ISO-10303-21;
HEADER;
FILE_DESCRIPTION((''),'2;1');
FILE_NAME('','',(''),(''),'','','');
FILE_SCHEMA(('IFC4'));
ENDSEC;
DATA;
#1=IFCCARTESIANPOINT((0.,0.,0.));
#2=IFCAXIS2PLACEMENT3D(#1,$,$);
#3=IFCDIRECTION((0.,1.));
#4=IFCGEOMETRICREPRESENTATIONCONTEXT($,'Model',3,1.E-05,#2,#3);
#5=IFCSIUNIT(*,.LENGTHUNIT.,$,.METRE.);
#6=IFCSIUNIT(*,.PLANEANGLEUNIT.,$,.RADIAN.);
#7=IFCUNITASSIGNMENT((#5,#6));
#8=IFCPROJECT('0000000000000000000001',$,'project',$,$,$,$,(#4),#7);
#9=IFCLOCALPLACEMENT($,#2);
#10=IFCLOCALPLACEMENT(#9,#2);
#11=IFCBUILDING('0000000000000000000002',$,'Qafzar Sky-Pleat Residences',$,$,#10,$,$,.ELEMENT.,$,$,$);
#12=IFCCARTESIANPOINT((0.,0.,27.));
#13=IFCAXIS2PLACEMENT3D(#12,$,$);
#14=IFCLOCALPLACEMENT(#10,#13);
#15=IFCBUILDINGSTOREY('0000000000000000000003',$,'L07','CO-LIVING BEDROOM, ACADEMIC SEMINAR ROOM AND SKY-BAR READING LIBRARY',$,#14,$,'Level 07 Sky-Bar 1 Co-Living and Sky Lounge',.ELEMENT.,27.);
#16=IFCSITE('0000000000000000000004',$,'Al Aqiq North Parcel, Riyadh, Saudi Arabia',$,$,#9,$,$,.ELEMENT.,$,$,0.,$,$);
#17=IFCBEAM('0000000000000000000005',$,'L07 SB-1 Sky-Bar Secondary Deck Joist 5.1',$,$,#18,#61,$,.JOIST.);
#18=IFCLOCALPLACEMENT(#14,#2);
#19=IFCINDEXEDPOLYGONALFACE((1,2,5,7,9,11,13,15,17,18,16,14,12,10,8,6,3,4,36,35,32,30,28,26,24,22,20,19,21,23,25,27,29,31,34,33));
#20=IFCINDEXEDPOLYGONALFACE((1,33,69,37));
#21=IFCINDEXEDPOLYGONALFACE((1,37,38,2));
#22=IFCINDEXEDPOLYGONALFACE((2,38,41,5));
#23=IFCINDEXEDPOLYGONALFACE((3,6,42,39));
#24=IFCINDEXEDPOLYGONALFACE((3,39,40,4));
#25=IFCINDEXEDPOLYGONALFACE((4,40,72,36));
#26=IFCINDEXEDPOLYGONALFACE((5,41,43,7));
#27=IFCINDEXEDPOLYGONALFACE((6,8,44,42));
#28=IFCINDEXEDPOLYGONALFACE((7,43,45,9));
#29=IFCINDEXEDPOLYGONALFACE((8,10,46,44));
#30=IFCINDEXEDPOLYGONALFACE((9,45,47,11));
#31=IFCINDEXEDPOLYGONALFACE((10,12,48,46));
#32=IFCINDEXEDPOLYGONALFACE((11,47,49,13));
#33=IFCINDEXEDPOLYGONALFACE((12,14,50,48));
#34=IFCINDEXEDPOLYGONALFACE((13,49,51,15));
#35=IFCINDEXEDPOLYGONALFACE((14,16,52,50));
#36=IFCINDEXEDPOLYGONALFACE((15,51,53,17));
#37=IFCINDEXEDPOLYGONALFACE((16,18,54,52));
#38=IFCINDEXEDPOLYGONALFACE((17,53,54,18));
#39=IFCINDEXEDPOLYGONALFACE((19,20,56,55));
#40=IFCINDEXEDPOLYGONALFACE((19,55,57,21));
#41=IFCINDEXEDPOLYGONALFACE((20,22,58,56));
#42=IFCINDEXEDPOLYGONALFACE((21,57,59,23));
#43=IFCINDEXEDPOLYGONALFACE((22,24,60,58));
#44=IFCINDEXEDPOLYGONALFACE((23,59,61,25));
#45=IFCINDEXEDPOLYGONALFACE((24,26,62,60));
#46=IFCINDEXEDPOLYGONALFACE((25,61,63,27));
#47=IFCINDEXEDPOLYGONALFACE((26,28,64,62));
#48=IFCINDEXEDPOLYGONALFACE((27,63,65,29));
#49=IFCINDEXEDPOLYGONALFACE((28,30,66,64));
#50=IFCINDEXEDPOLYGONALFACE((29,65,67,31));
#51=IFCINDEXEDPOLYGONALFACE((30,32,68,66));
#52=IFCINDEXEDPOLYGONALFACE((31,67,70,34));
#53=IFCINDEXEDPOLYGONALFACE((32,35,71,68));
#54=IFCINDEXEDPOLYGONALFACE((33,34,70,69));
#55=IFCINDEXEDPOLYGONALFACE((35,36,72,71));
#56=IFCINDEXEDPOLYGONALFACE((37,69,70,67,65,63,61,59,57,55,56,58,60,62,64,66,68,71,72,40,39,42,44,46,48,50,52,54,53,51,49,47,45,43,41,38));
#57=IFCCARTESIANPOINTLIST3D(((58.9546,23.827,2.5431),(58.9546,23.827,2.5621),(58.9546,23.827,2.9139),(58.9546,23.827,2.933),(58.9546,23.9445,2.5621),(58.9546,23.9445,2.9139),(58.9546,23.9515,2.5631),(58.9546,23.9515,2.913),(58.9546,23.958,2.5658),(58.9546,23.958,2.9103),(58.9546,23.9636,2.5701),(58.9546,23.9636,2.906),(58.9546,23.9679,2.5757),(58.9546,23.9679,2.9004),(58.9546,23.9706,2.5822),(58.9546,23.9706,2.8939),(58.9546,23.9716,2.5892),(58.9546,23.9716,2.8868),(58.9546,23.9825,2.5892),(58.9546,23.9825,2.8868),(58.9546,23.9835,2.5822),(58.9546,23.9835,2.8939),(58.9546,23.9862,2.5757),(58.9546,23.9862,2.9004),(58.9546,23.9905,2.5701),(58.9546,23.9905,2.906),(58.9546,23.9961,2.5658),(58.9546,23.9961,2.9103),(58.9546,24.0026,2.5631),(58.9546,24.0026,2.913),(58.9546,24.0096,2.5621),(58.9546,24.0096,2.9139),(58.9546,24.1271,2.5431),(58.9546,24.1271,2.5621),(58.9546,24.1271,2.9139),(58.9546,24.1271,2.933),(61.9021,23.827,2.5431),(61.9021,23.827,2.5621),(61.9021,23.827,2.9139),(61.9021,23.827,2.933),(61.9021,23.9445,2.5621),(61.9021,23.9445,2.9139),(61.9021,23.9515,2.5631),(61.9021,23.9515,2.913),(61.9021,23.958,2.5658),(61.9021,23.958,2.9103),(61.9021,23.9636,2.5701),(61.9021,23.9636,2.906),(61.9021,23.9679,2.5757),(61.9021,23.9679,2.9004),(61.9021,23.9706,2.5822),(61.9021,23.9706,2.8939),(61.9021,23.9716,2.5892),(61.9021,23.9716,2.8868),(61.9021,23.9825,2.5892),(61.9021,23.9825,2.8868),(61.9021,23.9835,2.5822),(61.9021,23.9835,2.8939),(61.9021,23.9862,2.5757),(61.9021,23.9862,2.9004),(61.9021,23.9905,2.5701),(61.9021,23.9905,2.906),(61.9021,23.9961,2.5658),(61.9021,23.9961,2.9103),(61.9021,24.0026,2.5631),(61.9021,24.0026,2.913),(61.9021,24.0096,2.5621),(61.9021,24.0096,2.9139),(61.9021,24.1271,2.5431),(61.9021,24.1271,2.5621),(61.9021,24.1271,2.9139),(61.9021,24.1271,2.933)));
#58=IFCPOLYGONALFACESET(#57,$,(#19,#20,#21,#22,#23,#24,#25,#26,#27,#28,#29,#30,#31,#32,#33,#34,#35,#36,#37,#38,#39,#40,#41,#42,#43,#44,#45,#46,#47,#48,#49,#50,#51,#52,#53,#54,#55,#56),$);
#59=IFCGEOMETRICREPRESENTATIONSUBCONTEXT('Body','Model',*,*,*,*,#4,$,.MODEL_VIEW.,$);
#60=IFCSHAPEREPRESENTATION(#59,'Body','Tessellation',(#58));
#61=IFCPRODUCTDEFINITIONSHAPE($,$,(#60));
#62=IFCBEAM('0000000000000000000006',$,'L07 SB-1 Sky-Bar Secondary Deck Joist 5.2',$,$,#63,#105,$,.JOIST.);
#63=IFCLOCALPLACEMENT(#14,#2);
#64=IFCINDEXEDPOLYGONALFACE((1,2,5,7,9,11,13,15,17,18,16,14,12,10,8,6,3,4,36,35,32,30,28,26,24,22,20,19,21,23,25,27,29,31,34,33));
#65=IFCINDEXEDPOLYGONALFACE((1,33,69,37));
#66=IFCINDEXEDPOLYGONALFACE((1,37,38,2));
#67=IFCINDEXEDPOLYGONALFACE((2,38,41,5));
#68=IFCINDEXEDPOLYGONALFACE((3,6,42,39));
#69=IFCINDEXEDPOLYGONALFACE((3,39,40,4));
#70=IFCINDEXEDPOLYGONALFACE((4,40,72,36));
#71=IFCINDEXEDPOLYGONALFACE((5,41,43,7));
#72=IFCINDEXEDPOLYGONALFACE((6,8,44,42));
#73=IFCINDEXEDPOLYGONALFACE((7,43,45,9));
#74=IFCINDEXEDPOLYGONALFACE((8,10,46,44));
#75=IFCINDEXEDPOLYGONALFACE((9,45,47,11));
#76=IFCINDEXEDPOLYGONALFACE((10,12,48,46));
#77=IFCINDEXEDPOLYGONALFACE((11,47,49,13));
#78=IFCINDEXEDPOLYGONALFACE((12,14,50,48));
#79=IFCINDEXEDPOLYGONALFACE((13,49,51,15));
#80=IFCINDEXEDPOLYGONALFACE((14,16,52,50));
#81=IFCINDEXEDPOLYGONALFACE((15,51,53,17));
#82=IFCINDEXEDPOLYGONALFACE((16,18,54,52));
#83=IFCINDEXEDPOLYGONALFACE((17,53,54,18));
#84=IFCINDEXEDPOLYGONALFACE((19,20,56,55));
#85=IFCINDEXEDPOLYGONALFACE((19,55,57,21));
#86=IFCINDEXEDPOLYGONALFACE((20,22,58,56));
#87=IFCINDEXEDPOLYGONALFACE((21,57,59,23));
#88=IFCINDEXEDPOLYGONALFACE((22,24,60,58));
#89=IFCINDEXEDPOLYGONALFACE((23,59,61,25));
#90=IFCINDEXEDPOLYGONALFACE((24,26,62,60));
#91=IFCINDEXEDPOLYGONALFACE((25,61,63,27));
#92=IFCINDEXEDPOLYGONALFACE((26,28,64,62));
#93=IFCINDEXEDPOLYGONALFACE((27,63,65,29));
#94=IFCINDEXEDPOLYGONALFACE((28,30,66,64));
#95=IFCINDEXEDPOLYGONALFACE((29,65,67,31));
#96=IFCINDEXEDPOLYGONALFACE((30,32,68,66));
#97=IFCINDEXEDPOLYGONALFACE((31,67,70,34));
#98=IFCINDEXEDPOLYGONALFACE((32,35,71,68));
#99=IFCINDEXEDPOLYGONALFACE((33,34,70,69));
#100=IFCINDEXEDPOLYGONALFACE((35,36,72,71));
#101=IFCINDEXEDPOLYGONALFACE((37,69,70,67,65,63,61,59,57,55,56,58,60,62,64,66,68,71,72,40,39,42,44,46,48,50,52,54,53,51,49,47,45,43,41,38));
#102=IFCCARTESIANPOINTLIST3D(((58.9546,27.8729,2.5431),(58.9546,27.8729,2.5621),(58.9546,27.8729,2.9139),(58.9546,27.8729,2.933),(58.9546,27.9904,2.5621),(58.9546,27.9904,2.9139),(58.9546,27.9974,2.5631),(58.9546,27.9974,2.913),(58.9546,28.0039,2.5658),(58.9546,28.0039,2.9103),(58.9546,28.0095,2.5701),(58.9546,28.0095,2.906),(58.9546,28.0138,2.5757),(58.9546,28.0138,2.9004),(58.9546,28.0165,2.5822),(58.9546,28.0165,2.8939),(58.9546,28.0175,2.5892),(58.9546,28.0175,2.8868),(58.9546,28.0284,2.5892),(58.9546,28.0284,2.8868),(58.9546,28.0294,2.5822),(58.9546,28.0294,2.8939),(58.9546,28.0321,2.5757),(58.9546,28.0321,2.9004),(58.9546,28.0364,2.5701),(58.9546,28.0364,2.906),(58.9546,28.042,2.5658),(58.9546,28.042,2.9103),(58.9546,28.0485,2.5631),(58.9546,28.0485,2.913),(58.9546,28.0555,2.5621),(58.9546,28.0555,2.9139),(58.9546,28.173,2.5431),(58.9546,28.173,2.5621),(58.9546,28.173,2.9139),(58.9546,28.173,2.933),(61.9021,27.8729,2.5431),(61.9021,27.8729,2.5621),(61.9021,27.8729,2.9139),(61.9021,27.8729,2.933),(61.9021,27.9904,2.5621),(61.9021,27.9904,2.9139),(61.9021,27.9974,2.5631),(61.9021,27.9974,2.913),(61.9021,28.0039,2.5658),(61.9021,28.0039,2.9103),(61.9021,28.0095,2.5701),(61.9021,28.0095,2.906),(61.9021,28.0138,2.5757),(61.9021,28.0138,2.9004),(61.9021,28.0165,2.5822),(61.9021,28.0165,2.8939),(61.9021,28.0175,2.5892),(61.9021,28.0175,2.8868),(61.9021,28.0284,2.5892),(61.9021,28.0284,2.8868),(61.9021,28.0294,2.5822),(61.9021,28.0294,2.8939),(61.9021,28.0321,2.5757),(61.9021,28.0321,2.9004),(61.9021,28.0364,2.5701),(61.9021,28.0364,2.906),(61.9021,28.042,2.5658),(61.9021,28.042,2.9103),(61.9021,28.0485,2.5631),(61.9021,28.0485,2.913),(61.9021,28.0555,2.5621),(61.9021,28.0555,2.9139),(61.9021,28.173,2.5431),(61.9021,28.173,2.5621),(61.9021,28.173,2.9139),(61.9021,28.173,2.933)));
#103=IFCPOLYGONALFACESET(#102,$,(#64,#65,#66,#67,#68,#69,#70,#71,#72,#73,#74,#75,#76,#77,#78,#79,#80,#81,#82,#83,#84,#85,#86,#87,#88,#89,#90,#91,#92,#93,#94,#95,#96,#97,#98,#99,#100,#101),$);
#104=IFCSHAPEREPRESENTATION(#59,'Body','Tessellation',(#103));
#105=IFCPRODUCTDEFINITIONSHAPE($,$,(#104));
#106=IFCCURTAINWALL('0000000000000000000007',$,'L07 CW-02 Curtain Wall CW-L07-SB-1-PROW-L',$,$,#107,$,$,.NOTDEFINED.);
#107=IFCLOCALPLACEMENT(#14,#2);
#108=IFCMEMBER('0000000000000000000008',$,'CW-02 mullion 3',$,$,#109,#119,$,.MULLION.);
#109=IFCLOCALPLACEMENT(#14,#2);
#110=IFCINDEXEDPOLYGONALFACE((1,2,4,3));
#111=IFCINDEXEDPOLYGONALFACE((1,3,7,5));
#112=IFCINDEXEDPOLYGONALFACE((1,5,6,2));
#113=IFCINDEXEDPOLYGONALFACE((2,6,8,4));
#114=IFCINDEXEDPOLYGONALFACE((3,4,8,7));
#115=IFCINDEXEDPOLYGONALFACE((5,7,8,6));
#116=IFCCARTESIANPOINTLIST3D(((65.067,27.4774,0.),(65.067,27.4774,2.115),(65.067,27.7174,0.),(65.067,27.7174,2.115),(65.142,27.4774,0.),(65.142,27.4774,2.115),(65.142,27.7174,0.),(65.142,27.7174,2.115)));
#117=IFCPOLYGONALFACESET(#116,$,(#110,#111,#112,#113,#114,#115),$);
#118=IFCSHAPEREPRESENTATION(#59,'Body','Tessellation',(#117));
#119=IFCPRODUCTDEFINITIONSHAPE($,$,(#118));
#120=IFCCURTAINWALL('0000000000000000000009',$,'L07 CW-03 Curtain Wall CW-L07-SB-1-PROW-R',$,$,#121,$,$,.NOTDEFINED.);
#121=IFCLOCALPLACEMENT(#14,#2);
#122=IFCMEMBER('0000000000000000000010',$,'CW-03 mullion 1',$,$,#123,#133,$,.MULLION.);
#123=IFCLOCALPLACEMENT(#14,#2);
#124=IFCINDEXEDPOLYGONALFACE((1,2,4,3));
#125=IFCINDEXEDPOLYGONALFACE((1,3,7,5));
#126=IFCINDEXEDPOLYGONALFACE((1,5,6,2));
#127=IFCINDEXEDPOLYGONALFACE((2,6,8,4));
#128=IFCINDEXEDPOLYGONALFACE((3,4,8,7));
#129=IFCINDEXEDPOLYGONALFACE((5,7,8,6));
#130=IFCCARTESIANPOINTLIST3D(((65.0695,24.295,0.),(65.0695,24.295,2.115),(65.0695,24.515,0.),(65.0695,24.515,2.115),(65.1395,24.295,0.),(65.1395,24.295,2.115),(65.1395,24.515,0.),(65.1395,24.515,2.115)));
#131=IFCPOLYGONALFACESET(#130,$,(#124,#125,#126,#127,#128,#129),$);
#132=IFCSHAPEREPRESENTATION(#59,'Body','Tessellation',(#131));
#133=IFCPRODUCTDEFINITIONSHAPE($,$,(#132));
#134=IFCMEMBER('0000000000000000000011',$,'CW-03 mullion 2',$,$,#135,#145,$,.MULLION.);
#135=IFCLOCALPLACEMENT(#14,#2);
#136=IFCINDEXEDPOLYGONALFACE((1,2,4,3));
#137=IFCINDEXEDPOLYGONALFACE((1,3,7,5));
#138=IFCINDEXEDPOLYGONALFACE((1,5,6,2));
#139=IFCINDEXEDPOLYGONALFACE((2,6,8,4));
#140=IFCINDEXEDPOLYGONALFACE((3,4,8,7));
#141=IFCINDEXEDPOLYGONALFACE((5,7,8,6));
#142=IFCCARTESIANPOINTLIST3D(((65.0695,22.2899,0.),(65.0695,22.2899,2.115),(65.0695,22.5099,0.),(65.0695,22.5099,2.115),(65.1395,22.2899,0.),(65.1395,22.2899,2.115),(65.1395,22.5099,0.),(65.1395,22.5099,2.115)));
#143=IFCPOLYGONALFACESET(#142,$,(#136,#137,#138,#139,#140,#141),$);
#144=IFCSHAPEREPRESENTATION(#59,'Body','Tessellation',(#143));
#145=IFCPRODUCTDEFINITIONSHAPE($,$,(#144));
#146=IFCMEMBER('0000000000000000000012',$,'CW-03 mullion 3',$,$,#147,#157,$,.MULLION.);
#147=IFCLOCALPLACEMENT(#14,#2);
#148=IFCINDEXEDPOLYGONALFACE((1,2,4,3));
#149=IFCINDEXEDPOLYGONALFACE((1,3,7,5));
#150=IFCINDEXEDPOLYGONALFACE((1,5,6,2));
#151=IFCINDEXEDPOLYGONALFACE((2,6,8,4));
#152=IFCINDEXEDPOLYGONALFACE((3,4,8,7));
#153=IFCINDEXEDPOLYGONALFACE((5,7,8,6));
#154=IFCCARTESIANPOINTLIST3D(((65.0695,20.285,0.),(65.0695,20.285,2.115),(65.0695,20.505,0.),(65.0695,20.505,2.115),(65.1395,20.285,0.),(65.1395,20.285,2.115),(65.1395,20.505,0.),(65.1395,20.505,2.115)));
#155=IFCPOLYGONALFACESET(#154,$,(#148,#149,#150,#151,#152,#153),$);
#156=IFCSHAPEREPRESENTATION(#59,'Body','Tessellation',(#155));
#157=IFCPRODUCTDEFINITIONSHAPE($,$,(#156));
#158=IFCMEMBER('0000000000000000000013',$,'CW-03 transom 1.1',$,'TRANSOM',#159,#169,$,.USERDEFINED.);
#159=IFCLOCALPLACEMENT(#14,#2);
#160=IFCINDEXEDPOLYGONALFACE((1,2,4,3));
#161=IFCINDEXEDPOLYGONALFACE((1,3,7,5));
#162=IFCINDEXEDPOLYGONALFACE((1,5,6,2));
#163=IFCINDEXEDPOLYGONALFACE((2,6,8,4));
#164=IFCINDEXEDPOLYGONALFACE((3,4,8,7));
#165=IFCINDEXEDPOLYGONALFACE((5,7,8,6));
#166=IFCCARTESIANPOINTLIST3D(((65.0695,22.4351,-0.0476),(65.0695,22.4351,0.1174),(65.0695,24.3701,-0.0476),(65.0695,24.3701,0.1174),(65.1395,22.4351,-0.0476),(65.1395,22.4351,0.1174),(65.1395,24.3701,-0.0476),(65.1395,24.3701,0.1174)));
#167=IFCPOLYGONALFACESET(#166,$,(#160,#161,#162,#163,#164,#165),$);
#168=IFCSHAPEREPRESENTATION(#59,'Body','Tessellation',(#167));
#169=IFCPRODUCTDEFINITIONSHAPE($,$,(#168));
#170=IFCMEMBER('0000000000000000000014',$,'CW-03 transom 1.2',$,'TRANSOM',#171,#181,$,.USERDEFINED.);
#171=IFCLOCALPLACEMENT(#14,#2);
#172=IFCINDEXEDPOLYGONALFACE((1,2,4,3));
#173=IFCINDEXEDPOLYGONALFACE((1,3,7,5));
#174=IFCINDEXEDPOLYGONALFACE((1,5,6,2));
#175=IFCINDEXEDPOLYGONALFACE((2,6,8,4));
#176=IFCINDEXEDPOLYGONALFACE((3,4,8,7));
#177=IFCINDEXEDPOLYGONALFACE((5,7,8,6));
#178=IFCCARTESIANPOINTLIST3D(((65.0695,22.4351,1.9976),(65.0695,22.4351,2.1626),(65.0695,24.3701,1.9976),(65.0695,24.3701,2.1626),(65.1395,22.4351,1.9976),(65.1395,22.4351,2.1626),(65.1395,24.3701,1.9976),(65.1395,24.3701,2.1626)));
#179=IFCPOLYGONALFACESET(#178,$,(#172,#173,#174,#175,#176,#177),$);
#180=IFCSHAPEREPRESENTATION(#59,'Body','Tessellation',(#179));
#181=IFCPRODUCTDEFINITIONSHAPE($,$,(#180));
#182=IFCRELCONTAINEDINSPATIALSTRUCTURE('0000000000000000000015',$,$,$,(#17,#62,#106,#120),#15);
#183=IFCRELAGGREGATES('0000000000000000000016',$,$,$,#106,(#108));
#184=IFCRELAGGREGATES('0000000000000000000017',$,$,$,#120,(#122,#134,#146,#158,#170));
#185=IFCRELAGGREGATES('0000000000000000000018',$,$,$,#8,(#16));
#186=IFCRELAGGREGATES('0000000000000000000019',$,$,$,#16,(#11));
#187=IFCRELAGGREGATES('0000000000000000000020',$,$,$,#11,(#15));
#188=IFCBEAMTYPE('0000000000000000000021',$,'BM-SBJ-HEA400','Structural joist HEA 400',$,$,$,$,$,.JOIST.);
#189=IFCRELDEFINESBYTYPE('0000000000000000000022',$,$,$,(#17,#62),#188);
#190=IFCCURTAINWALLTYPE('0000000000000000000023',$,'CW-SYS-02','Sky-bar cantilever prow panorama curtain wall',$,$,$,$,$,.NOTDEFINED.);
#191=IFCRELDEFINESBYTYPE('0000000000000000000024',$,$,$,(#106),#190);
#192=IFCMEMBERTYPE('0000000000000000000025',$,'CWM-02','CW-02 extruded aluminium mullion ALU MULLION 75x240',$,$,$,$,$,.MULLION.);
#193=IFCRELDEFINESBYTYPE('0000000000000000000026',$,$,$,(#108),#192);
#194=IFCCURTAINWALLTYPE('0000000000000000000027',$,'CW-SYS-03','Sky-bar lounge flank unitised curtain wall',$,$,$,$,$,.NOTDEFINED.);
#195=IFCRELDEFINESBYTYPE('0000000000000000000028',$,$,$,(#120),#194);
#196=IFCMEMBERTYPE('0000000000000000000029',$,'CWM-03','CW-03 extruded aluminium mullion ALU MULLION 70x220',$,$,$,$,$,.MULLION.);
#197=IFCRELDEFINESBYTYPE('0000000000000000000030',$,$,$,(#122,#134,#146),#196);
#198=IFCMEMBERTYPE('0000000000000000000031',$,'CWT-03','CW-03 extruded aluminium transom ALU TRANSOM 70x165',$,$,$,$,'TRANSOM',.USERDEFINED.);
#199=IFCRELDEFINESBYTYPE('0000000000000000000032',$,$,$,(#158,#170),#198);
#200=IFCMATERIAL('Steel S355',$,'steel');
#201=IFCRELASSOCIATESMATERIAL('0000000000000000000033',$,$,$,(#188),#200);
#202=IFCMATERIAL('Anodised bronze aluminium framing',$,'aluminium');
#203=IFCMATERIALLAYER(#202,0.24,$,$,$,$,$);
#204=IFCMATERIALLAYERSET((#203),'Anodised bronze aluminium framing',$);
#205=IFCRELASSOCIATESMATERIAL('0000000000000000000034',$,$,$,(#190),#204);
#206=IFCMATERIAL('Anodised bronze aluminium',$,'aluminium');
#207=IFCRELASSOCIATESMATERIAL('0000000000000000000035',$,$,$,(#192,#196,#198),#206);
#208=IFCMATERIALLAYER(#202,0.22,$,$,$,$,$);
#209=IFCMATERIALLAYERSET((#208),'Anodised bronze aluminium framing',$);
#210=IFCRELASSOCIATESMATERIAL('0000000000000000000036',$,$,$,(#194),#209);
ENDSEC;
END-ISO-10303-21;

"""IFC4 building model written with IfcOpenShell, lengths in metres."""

from ifc_helpers import new_model, si_unit, direction, frame, origin, origin_2d, place, context, subcontext, project, spatial, rectangle, i_section, extrude, source, transform, mapped, material, layer, layer_set, material_profile, profile_set, type_object, element, aggregate, save


model = new_model("IFC4")

# Units and contexts
model_context = context("Model", 3, precision=1e-05, world=origin(), true_north=direction((0.0, 1.0)))
body_context = subcontext(model_context, "Body", "Model", "MODEL_VIEW")
ifc_project = project(units=[si_unit("LENGTHUNIT", "METRE"), si_unit("PLANEANGLEUNIT", "RADIAN")], contexts=[model_context])

# Site, building, storey
site_placement = place(None, origin())
site = spatial("IfcSite", under=ifc_project, at=site_placement, Name="Al Aqiq North Parcel, Riyadh, Saudi Arabia", CompositionType="ELEMENT", RefElevation=0.0)
building_placement = place(site_placement, origin())
building = spatial("IfcBuilding", under=site, at=building_placement, Name="Qafzar Sky-Pleat Residences", CompositionType="ELEMENT")
storey_placement = place(building_placement, frame((0.0, 0.0, 27.0)))
storey = spatial("IfcBuildingStorey", under=building, at=storey_placement, Name="L07", Description="CO-LIVING BEDROOM, ACADEMIC SEMINAR ROOM AND SKY-BAR READING LIBRARY", LongName="Level 07 Sky-Bar 1 Co-Living and Sky Lounge", CompositionType="ELEMENT", Elevation=27.0)

# Beams
ifc_material_1 = material(Name="Steel S355", Category="steel")
ifc_material_profile_1 = material_profile(ifc_material_1, i_section(OverallWidth=0.3, OverallDepth=0.3899, WebThickness=0.011, FlangeThickness=0.019, FilletRadius=0.0271, at=origin_2d()), Name="HEA 400")
ifc_profile_set_1 = profile_set([ifc_material_profile_1], Name="Steel S355")
beam_type_1 = type_object("IfcBeamType", Name="BM-SBJ-HEA400", Description="Structural joist HEA 400", PredefinedType="JOIST", material=ifc_profile_set_1)
shared_shape_1 = source(origin(), body_context, "Body", "SweptSolid", [
    extrude(i_section(OverallWidth=0.3, OverallDepth=0.3899, WebThickness=0.011, FlangeThickness=0.019, FilletRadius=0.0271, at=origin_2d()), origin(), (0.0, 0.0, 1.0), 2.9475),
])
for number, where, z_axis, x_axis, name in (
    (1, (58.9546, 23.9771, 2.738), (1.0, 0.0, 0.0), (0.0, 1.0, 0.0), "L07 SB-1 Sky-Bar Secondary Deck Joist 5.1"),
    (2, (58.9546, 28.0229, 2.738), (1.0, 0.0, 0.0), (0.0, 1.0, 0.0), "L07 SB-1 Sky-Bar Secondary Deck Joist 5.2"),
):
    element("IfcBeam", number, at=place(storey_placement, frame(where, z_axis=z_axis, x_axis=x_axis)), inside=storey, type_object=beam_type_1, Name=name, PredefinedType="JOIST", context=body_context, shape_type="MappedRepresentation", body=[
        mapped(shared_shape_1, transform((0.0, 0.0, 0.0), x_axis=(1.0, 0.0, 0.0), y_axis=(0.0, 1.0, 0.0), z_axis=(0.0, 0.0, 1.0), scale=1.0)),
    ])

# Curtain wall, member
ifc_material_2 = material(Name="Anodised bronze aluminium framing", Category="aluminium")
ifc_layer_1 = layer(ifc_material_2, 0.24)
ifc_layer_set_1 = layer_set([ifc_layer_1], Name="Anodised bronze aluminium framing")
curtain_wall_type_1 = type_object("IfcCurtainWallType", Name="CW-SYS-02", Description="Sky-bar cantilever prow panorama curtain wall", PredefinedType="NOTDEFINED", material=ifc_layer_set_1)
curtain_wall_1_placement = place(storey_placement, origin())
curtain_wall_1 = element("IfcCurtainWall", 3, at=curtain_wall_1_placement, inside=storey, type_object=curtain_wall_type_1, Name="L07 CW-02 Curtain Wall CW-L07-SB-1-PROW-L", PredefinedType="NOTDEFINED")
ifc_material_3 = material(Name="Anodised bronze aluminium", Category="aluminium")
ifc_material_profile_2 = material_profile(ifc_material_3, rectangle(XDim=0.075, YDim=0.24, at=origin_2d()), Name="ALU MULLION 75x240")
ifc_profile_set_2 = profile_set([ifc_material_profile_2], Name="Anodised bronze aluminium")
member_type_1 = type_object("IfcMemberType", Name="CWM-02", Description="CW-02 extruded aluminium mullion ALU MULLION 75x240", PredefinedType="MULLION", material=ifc_profile_set_2)
shared_shape_2 = source(origin(), body_context, "Body", "SweptSolid", [
    extrude(rectangle(XDim=0.075, YDim=0.24, at=origin_2d()), origin(), (0.0, 0.0, 1.0), 2.115),
])
member_1_placement = place(storey_placement, frame((65.1045, 27.5974, 0.0), z_axis=(0.0, 0.0, 1.0), x_axis=(1.0, 0.0, 0.0)))
member_1 = element("IfcMember", 4, at=member_1_placement, type_object=member_type_1, Name="CW-02 mullion 3", PredefinedType="MULLION", context=body_context, shape_type="MappedRepresentation", body=[
    mapped(shared_shape_2, transform((0.0, 0.0, 0.0), x_axis=(1.0, 0.0, 0.0), y_axis=(0.0, 1.0, 0.0), z_axis=(0.0, 0.0, 1.0), scale=1.0)),
])

# Curtain wall, members
ifc_layer_2 = layer(ifc_material_2, 0.22)
ifc_layer_set_2 = layer_set([ifc_layer_2], Name="Anodised bronze aluminium framing")
curtain_wall_type_2 = type_object("IfcCurtainWallType", Name="CW-SYS-03", Description="Sky-bar lounge flank unitised curtain wall", PredefinedType="NOTDEFINED", material=ifc_layer_set_2)
curtain_wall_2_placement = place(storey_placement, origin())
curtain_wall_2 = element("IfcCurtainWall", 5, at=curtain_wall_2_placement, inside=storey, type_object=curtain_wall_type_2, Name="L07 CW-03 Curtain Wall CW-L07-SB-1-PROW-R", PredefinedType="NOTDEFINED")
ifc_material_profile_3 = material_profile(ifc_material_3, rectangle(XDim=0.0701, YDim=0.22, at=origin_2d()), Name="ALU MULLION 70x220")
ifc_profile_set_3 = profile_set([ifc_material_profile_3], Name="Anodised bronze aluminium")
member_type_2 = type_object("IfcMemberType", Name="CWM-03", Description="CW-03 extruded aluminium mullion ALU MULLION 70x220", PredefinedType="MULLION", material=ifc_profile_set_3)
shared_shape_3 = source(origin(), body_context, "Body", "SweptSolid", [
    extrude(rectangle(XDim=0.0701, YDim=0.22, at=origin_2d()), origin(), (0.0, 0.0, 1.0), 2.115),
])
member_2_placement = place(storey_placement, frame((65.1045, 24.405, 0.0), z_axis=(0.0, 0.0, 1.0), x_axis=(1.0, 0.0, 0.0)))
member_2 = element("IfcMember", 6, at=member_2_placement, type_object=member_type_2, Name="CW-03 mullion 1", PredefinedType="MULLION", context=body_context, shape_type="MappedRepresentation", body=[
    mapped(shared_shape_3, transform((0.0, 0.0, 0.0), x_axis=(1.0, 0.0, 0.0), y_axis=(0.0, 1.0, 0.0), z_axis=(0.0, 0.0, 1.0), scale=1.0)),
])
member_3_placement = place(storey_placement, frame((65.1045, 22.3999, 0.0), z_axis=(0.0, 0.0, 1.0), x_axis=(1.0, 0.0, 0.0)))
member_3 = element("IfcMember", 7, at=member_3_placement, type_object=member_type_2, Name="CW-03 mullion 2", PredefinedType="MULLION", context=body_context, shape_type="MappedRepresentation", body=[
    mapped(shared_shape_3, transform((0.0, 0.0, 0.0), x_axis=(1.0, 0.0, 0.0), y_axis=(0.0, 1.0, 0.0), z_axis=(0.0, 0.0, 1.0), scale=1.0)),
])
member_4_placement = place(storey_placement, frame((65.1045, 20.395, 0.0), z_axis=(0.0, 0.0, 1.0), x_axis=(1.0, 0.0, 0.0)))
member_4 = element("IfcMember", 8, at=member_4_placement, type_object=member_type_2, Name="CW-03 mullion 3", PredefinedType="MULLION", context=body_context, shape_type="MappedRepresentation", body=[
    mapped(shared_shape_3, transform((0.0, 0.0, 0.0), x_axis=(1.0, 0.0, 0.0), y_axis=(0.0, 1.0, 0.0), z_axis=(0.0, 0.0, 1.0), scale=1.0)),
])
ifc_material_profile_4 = material_profile(ifc_material_3, rectangle(XDim=0.0701, YDim=0.165, at=origin_2d()), Name="ALU TRANSOM 70x165")
ifc_profile_set_4 = profile_set([ifc_material_profile_4], Name="Anodised bronze aluminium")
member_type_3 = type_object("IfcMemberType", Name="CWT-03", Description="CW-03 extruded aluminium transom ALU TRANSOM 70x165", ElementType="TRANSOM", PredefinedType="USERDEFINED", material=ifc_profile_set_4)
shared_shape_4 = source(origin(), body_context, "Body", "SweptSolid", [
    extrude(rectangle(XDim=0.0701, YDim=0.165, at=origin_2d()), origin(), (0.0, 0.0, 1.0), 1.9351),
])
member_5_placement = place(storey_placement, frame((65.1045, 24.3701, 0.0349), z_axis=(0.0, -1.0, 0.0), x_axis=(1.0, 0.0, 0.0)))
member_5 = element("IfcMember", 9, at=member_5_placement, type_object=member_type_3, Name="CW-03 transom 1.1", ObjectType="TRANSOM", PredefinedType="USERDEFINED", context=body_context, shape_type="MappedRepresentation", body=[
    mapped(shared_shape_4, transform((0.0, 0.0, 0.0), x_axis=(1.0, 0.0, 0.0), y_axis=(0.0, 1.0, 0.0), z_axis=(0.0, 0.0, 1.0), scale=1.0)),
])
member_6_placement = place(storey_placement, frame((65.1045, 24.3701, 2.0801), z_axis=(0.0, -1.0, 0.0), x_axis=(1.0, 0.0, 0.0)))
member_6 = element("IfcMember", 10, at=member_6_placement, type_object=member_type_3, Name="CW-03 transom 1.2", ObjectType="TRANSOM", PredefinedType="USERDEFINED", context=body_context, shape_type="MappedRepresentation", body=[
    mapped(shared_shape_4, transform((0.0, 0.0, 0.0), x_axis=(1.0, 0.0, 0.0), y_axis=(0.0, 1.0, 0.0), z_axis=(0.0, 0.0, 1.0), scale=1.0)),
])

aggregate(curtain_wall_1, [member_1])
aggregate(curtain_wall_2, [member_2, member_3, member_4, member_5, member_6])

save(model, "model.ifc")
